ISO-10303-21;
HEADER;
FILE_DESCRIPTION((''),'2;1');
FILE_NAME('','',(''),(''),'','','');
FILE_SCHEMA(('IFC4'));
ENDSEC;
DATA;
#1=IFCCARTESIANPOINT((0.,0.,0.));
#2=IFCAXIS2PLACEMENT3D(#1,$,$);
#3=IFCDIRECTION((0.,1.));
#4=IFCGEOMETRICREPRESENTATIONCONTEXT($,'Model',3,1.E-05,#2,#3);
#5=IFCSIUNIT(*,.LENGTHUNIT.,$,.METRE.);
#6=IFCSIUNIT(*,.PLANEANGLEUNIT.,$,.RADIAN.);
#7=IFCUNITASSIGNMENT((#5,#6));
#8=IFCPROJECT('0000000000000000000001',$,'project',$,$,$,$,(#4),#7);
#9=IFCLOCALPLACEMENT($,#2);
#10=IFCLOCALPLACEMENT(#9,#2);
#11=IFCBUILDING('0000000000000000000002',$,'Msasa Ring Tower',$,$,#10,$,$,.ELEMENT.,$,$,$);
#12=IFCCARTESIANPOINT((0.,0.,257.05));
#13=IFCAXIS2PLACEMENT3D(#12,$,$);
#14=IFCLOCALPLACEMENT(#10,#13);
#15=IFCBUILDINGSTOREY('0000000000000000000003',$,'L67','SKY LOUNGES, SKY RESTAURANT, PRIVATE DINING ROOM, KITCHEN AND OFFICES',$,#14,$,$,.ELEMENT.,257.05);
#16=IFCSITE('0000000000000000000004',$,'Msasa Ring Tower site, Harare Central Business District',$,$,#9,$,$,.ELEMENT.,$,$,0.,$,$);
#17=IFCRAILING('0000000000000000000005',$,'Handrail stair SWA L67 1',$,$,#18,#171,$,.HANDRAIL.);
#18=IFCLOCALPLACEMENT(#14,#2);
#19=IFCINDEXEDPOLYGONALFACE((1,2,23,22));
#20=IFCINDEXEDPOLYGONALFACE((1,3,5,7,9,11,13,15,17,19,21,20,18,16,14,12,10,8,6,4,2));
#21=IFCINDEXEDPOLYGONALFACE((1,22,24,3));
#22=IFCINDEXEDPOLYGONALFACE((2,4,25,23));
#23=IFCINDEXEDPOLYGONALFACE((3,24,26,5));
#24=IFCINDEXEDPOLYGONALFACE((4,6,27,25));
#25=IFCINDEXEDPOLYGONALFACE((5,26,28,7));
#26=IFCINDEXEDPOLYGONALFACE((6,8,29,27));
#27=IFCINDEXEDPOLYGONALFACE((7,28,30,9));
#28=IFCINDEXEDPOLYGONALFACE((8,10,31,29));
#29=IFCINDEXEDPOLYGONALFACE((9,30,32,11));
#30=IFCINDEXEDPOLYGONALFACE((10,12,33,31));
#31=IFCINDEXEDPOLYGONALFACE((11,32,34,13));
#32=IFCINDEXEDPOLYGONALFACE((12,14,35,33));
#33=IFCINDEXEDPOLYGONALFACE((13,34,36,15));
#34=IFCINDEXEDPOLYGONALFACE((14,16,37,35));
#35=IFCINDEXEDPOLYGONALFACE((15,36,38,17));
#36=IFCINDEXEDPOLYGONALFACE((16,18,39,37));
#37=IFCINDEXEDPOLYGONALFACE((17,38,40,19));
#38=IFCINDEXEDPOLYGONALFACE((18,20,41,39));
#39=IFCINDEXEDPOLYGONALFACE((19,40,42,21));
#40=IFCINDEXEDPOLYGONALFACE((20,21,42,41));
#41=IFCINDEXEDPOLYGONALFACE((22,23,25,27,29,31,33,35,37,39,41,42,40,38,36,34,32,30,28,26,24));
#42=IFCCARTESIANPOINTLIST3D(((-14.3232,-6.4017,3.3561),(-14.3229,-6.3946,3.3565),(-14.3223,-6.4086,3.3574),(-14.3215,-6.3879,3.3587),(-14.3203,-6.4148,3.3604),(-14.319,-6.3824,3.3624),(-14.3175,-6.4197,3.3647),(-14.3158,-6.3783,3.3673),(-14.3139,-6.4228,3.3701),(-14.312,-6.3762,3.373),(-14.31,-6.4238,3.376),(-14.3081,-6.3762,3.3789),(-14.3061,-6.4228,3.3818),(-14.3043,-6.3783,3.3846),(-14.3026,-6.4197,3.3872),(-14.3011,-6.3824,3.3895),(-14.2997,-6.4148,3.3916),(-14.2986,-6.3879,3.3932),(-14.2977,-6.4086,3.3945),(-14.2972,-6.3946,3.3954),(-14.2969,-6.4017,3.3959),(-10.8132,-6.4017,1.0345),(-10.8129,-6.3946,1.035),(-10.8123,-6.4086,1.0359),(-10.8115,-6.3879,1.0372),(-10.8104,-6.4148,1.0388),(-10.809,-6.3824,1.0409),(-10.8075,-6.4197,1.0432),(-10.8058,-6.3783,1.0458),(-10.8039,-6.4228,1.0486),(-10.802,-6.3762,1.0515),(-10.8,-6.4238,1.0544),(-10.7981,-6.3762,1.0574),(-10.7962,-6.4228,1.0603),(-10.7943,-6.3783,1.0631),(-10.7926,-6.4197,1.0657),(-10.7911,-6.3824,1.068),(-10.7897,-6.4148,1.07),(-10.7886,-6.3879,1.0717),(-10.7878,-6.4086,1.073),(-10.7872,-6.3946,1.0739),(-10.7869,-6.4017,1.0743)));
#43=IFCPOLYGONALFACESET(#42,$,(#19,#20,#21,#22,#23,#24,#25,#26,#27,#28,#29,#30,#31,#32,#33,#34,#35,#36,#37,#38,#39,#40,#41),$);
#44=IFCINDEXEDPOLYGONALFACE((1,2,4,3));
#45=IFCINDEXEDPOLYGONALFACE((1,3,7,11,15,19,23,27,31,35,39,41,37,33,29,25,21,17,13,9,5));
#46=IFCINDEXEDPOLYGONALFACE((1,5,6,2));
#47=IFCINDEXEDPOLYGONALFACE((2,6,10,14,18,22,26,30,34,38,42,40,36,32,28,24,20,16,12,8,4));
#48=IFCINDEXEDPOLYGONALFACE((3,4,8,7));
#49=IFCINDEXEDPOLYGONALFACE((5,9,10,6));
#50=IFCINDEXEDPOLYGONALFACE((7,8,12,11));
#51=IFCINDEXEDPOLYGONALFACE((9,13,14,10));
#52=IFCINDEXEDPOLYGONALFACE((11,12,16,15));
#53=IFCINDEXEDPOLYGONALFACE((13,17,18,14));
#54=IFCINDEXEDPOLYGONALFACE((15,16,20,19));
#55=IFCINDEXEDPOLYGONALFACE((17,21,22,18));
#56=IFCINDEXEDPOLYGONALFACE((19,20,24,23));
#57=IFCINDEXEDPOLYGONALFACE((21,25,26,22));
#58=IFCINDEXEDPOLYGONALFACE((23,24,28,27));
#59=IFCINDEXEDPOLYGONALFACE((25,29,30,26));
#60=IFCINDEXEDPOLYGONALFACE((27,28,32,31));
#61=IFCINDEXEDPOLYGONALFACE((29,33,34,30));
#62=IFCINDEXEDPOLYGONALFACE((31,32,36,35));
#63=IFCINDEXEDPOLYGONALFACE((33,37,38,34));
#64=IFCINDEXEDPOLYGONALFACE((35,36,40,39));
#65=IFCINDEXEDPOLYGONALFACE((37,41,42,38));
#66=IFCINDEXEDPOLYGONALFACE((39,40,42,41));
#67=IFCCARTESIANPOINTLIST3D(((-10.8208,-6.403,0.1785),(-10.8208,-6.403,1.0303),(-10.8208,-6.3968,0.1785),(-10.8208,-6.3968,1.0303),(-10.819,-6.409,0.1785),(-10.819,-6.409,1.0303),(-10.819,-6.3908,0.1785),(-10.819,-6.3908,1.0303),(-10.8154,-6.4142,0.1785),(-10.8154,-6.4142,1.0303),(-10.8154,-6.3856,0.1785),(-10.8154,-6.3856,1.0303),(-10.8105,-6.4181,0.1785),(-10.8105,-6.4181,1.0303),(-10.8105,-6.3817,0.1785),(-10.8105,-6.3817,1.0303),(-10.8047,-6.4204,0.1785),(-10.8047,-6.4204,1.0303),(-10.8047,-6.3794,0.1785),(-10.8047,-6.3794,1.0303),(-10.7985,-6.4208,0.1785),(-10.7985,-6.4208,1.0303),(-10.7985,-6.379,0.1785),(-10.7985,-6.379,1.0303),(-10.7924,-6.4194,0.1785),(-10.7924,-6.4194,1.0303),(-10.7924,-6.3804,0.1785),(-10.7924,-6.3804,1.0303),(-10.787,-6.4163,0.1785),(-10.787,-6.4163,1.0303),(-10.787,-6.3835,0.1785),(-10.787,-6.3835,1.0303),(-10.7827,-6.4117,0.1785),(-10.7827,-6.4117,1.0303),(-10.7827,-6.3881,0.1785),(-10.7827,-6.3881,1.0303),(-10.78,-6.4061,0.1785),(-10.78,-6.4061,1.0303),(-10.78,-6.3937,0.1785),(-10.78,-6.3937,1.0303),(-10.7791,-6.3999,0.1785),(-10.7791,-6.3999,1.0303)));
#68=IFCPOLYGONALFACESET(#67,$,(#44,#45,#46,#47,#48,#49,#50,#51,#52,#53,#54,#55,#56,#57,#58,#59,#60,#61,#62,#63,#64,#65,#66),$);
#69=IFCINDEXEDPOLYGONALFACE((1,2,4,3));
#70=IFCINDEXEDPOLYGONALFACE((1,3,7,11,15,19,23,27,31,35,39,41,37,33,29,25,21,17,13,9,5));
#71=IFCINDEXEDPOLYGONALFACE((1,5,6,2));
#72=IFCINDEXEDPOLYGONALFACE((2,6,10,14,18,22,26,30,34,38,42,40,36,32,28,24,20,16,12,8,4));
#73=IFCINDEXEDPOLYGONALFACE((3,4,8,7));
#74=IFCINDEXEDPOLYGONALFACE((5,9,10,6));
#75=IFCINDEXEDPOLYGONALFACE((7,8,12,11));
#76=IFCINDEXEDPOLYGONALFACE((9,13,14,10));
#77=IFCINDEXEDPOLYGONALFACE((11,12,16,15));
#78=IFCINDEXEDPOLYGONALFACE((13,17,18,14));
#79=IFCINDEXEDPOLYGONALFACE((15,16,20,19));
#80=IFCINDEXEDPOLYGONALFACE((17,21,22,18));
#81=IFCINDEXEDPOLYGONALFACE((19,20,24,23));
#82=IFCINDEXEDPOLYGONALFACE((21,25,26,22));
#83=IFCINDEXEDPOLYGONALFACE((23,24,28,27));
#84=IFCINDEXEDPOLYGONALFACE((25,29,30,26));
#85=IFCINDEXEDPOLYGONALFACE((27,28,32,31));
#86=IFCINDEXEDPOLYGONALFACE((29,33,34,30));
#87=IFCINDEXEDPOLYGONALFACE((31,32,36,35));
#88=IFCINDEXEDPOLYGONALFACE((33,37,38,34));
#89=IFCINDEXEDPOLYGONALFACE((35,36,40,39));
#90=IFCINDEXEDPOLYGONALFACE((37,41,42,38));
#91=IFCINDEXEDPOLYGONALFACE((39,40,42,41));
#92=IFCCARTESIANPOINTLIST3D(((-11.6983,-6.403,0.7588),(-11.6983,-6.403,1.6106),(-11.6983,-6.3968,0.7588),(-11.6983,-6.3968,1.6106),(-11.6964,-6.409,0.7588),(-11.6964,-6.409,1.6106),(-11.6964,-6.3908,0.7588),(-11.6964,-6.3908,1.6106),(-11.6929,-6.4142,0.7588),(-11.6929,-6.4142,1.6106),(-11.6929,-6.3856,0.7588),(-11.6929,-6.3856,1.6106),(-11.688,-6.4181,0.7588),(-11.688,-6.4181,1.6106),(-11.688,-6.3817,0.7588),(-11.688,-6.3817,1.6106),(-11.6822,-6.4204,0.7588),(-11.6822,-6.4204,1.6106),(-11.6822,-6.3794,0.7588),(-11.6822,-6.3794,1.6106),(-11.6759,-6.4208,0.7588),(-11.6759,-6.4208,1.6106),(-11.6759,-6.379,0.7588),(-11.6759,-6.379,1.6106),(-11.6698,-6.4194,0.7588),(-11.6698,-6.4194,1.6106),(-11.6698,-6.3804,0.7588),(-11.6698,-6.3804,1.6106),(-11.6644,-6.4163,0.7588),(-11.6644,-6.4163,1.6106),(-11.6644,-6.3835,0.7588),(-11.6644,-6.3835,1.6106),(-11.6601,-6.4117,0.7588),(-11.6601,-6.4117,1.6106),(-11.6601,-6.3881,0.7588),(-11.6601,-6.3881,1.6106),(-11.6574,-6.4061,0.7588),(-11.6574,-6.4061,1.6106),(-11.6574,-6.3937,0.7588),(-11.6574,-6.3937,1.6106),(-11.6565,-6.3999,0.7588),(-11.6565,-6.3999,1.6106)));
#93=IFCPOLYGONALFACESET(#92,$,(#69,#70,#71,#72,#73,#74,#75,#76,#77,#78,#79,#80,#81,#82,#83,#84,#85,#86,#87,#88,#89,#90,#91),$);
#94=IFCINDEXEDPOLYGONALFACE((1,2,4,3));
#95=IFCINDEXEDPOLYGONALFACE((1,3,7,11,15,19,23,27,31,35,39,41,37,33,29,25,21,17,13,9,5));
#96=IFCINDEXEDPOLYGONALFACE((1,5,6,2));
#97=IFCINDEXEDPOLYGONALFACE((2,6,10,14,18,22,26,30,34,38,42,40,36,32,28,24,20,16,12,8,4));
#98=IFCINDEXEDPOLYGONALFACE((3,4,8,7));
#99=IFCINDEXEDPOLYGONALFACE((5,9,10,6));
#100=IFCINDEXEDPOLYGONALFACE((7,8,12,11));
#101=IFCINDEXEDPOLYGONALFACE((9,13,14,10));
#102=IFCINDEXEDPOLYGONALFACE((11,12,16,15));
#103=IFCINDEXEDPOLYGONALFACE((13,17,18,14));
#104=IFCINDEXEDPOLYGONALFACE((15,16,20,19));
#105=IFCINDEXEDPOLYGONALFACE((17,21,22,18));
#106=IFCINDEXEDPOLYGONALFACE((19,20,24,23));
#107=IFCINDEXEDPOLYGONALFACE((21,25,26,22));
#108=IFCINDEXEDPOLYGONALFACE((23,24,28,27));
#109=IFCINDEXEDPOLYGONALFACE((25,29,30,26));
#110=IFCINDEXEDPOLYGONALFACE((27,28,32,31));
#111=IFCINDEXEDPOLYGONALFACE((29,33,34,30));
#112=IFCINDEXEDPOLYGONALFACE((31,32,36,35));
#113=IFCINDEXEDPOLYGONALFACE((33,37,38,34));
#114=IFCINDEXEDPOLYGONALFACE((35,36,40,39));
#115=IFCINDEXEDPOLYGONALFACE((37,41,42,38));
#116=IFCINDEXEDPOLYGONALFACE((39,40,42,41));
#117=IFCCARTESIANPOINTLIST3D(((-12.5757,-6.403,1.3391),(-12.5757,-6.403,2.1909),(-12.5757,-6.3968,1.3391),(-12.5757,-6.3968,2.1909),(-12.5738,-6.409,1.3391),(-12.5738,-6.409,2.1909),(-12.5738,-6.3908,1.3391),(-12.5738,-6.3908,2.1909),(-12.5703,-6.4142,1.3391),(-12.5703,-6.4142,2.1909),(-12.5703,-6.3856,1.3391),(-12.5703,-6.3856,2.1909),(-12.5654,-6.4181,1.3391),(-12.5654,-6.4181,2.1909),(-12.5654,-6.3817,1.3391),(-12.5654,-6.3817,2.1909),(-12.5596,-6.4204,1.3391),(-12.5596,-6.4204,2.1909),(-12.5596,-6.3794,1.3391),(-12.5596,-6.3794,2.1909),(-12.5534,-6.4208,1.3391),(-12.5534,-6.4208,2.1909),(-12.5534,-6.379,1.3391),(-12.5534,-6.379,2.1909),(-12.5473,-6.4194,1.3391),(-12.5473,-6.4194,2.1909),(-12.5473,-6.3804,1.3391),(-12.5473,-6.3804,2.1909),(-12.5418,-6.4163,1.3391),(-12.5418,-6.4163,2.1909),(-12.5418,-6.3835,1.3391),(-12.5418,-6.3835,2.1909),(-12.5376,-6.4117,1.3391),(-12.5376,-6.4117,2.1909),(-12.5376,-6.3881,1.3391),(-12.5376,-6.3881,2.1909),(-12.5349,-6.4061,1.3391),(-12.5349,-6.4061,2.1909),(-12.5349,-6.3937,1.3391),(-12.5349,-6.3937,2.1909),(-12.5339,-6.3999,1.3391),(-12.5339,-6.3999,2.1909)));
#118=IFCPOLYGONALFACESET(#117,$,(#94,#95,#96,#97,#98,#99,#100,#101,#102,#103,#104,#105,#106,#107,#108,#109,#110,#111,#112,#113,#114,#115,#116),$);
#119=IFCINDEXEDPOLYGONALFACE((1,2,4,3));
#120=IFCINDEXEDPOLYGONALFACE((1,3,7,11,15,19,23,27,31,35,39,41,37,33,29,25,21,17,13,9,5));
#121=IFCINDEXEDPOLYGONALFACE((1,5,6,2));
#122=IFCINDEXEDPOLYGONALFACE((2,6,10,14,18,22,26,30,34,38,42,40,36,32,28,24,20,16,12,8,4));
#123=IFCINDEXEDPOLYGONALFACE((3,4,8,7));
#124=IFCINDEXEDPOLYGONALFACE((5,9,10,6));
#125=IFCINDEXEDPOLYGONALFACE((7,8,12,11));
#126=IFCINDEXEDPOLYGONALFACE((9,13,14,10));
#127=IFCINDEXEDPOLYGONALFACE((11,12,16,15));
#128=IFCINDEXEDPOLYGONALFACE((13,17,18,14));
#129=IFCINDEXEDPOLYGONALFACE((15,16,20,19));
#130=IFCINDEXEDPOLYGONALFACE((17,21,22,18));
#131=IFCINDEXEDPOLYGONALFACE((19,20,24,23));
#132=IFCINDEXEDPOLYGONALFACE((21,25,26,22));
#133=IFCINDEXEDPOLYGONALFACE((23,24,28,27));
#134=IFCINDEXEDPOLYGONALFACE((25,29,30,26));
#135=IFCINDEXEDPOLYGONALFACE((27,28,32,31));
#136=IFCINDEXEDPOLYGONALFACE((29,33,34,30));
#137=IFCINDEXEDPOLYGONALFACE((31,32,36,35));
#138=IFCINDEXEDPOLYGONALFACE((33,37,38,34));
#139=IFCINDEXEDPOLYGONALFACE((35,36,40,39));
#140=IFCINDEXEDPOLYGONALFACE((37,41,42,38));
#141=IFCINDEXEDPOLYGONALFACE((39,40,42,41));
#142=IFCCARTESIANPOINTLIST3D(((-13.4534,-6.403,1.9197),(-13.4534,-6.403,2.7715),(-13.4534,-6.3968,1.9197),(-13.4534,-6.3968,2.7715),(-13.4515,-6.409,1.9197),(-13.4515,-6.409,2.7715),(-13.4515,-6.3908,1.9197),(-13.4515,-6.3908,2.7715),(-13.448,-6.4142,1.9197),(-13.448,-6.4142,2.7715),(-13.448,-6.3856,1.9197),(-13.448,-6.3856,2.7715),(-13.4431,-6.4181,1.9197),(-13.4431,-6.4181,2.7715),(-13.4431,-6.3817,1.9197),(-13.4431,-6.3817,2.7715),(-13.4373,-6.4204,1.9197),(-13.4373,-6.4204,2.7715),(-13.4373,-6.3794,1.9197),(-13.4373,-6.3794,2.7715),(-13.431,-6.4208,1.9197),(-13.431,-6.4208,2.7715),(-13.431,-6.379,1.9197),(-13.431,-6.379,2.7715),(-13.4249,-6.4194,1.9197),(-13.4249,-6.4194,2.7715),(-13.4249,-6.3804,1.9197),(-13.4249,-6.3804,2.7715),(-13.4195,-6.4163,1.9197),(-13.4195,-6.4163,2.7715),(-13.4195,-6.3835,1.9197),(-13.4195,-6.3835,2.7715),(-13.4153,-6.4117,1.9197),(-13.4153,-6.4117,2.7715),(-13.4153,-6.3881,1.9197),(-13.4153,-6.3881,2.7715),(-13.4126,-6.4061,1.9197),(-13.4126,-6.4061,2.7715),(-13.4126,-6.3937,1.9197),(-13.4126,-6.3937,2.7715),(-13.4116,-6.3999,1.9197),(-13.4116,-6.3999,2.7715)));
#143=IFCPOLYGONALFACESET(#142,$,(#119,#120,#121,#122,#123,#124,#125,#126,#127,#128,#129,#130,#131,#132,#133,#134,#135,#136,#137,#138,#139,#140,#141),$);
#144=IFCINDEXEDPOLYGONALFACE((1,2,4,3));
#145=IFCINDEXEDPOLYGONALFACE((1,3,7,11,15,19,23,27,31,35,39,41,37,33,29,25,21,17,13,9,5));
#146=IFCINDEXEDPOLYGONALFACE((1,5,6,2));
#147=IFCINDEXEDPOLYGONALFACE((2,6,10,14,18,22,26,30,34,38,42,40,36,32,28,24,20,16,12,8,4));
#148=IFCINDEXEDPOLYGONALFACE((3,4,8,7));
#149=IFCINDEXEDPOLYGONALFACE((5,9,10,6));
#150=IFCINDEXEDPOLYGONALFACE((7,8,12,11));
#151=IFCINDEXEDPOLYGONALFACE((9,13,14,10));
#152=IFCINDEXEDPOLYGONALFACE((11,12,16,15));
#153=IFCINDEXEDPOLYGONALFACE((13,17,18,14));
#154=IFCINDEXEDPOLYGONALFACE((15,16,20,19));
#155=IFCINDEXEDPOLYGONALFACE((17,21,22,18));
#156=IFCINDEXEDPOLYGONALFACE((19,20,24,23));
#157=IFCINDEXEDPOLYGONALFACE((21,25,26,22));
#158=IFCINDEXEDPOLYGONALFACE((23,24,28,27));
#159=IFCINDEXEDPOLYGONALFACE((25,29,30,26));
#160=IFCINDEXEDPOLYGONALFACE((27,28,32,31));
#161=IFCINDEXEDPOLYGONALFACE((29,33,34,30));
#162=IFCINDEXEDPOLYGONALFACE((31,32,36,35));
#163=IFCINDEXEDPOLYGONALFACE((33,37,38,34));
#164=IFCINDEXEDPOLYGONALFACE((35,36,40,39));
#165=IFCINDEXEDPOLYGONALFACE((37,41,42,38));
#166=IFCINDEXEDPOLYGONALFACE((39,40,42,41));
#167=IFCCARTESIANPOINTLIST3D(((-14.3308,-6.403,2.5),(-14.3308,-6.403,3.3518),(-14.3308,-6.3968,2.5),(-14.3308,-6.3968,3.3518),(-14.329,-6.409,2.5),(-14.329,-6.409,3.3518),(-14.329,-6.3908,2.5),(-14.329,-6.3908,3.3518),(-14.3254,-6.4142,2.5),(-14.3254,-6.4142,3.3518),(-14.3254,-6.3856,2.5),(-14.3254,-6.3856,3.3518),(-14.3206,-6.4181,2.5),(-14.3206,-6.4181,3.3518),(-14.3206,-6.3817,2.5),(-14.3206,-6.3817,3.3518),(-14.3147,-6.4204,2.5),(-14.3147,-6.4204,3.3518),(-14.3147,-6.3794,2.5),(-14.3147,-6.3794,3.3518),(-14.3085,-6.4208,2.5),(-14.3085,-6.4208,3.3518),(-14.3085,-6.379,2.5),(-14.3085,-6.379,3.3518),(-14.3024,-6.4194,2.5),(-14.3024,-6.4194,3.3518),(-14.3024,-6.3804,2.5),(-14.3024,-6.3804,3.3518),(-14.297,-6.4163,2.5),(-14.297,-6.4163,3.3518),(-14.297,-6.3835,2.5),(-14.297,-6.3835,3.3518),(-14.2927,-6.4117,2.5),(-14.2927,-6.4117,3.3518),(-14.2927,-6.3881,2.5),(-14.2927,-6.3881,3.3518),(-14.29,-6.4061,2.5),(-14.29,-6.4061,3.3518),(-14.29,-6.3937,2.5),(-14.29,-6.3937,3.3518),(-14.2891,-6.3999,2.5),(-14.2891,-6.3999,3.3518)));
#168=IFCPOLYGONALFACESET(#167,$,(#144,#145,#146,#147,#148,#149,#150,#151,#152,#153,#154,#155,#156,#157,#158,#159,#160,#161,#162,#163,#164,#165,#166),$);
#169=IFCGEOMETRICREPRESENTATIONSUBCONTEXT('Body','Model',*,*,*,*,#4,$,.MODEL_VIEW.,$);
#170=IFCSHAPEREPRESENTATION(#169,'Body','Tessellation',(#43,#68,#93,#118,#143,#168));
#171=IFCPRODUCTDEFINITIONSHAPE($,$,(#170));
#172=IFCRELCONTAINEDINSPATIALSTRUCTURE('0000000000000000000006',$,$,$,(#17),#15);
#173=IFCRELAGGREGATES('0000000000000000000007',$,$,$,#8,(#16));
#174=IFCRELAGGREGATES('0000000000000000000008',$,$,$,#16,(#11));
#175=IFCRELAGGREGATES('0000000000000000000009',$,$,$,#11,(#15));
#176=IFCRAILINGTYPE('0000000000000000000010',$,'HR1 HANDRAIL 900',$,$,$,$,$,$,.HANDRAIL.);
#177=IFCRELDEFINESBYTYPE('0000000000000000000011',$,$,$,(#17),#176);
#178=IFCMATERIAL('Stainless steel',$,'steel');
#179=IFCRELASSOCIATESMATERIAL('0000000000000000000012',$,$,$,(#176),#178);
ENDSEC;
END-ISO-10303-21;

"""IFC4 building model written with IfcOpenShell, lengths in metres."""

from ifc_helpers import new_model, si_unit, direction, frame, origin, origin_2d, place, context, subcontext, project, spatial, circle, extrude, material, type_object, element, save


model = new_model("IFC4")

# Units and contexts
model_context = context("Model", 3, precision=1e-05, world=origin(), true_north=direction((0.0, 1.0)))
body_context = subcontext(model_context, "Body", "Model", "MODEL_VIEW")
ifc_project = project(units=[si_unit("LENGTHUNIT", "METRE"), si_unit("PLANEANGLEUNIT", "RADIAN")], contexts=[model_context])

# Site, building, storey
site_placement = place(None, origin())
site = spatial("IfcSite", under=ifc_project, at=site_placement, Name="Msasa Ring Tower site, Harare Central Business District", CompositionType="ELEMENT", RefElevation=0.0)
building_placement = place(site_placement, origin())
building = spatial("IfcBuilding", under=site, at=building_placement, Name="Msasa Ring Tower", CompositionType="ELEMENT")
storey_placement = place(building_placement, frame((0.0, 0.0, 257.05)))
storey = spatial("IfcBuildingStorey", under=building, at=storey_placement, Name="L67", Description="SKY LOUNGES, SKY RESTAURANT, PRIVATE DINING ROOM, KITCHEN AND OFFICES", CompositionType="ELEMENT", Elevation=257.05)

# Railing
ifc_material_1 = material(Name="Stainless steel", Category="steel")
railing_type = type_object("IfcRailingType", Name="HR1 HANDRAIL 900", PredefinedType="HANDRAIL", material=ifc_material_1)
for number, where, name in (
    (1, (-10.8, -6.3999, 0.1785), "Handrail stair SWA L67 1"),
):
    element("IfcRailing", number, at=place(storey_placement, frame(where)), inside=storey, type_object=railing_type, Name=name, PredefinedType="HANDRAIL", context=body_context, shape_type="SweptSolid", body=[
        extrude(circle(Radius=0.0239, at=origin_2d()), frame((0.0, 0.0, 0.876), z_axis=(-0.834071, 0.0, 0.551657), x_axis=(0.0, -1.0, 0.0)), (0.0, 0.0, 1.0), 4.2083),
        extrude(circle(Radius=0.021, at=origin_2d()), origin(), (0.0, 0.0, 1.0), 0.8518),
        extrude(circle(Radius=0.021, at=origin_2d()), frame((-0.8774, 0.0, 0.5803)), (0.0, 0.0, 1.0), 0.8518),
        extrude(circle(Radius=0.021, at=origin_2d()), frame((-1.7549, 0.0, 1.1606)), (0.0, 0.0, 1.0), 0.8518),
        extrude(circle(Radius=0.021, at=origin_2d()), frame((-2.6326, 0.0, 1.7412)), (0.0, 0.0, 1.0), 0.8518),
        extrude(circle(Radius=0.021, at=origin_2d()), frame((-3.51, 0.0, 2.3215)), (0.0, 0.0, 1.0), 0.8518),
    ])

save(model, "model.ifc")
